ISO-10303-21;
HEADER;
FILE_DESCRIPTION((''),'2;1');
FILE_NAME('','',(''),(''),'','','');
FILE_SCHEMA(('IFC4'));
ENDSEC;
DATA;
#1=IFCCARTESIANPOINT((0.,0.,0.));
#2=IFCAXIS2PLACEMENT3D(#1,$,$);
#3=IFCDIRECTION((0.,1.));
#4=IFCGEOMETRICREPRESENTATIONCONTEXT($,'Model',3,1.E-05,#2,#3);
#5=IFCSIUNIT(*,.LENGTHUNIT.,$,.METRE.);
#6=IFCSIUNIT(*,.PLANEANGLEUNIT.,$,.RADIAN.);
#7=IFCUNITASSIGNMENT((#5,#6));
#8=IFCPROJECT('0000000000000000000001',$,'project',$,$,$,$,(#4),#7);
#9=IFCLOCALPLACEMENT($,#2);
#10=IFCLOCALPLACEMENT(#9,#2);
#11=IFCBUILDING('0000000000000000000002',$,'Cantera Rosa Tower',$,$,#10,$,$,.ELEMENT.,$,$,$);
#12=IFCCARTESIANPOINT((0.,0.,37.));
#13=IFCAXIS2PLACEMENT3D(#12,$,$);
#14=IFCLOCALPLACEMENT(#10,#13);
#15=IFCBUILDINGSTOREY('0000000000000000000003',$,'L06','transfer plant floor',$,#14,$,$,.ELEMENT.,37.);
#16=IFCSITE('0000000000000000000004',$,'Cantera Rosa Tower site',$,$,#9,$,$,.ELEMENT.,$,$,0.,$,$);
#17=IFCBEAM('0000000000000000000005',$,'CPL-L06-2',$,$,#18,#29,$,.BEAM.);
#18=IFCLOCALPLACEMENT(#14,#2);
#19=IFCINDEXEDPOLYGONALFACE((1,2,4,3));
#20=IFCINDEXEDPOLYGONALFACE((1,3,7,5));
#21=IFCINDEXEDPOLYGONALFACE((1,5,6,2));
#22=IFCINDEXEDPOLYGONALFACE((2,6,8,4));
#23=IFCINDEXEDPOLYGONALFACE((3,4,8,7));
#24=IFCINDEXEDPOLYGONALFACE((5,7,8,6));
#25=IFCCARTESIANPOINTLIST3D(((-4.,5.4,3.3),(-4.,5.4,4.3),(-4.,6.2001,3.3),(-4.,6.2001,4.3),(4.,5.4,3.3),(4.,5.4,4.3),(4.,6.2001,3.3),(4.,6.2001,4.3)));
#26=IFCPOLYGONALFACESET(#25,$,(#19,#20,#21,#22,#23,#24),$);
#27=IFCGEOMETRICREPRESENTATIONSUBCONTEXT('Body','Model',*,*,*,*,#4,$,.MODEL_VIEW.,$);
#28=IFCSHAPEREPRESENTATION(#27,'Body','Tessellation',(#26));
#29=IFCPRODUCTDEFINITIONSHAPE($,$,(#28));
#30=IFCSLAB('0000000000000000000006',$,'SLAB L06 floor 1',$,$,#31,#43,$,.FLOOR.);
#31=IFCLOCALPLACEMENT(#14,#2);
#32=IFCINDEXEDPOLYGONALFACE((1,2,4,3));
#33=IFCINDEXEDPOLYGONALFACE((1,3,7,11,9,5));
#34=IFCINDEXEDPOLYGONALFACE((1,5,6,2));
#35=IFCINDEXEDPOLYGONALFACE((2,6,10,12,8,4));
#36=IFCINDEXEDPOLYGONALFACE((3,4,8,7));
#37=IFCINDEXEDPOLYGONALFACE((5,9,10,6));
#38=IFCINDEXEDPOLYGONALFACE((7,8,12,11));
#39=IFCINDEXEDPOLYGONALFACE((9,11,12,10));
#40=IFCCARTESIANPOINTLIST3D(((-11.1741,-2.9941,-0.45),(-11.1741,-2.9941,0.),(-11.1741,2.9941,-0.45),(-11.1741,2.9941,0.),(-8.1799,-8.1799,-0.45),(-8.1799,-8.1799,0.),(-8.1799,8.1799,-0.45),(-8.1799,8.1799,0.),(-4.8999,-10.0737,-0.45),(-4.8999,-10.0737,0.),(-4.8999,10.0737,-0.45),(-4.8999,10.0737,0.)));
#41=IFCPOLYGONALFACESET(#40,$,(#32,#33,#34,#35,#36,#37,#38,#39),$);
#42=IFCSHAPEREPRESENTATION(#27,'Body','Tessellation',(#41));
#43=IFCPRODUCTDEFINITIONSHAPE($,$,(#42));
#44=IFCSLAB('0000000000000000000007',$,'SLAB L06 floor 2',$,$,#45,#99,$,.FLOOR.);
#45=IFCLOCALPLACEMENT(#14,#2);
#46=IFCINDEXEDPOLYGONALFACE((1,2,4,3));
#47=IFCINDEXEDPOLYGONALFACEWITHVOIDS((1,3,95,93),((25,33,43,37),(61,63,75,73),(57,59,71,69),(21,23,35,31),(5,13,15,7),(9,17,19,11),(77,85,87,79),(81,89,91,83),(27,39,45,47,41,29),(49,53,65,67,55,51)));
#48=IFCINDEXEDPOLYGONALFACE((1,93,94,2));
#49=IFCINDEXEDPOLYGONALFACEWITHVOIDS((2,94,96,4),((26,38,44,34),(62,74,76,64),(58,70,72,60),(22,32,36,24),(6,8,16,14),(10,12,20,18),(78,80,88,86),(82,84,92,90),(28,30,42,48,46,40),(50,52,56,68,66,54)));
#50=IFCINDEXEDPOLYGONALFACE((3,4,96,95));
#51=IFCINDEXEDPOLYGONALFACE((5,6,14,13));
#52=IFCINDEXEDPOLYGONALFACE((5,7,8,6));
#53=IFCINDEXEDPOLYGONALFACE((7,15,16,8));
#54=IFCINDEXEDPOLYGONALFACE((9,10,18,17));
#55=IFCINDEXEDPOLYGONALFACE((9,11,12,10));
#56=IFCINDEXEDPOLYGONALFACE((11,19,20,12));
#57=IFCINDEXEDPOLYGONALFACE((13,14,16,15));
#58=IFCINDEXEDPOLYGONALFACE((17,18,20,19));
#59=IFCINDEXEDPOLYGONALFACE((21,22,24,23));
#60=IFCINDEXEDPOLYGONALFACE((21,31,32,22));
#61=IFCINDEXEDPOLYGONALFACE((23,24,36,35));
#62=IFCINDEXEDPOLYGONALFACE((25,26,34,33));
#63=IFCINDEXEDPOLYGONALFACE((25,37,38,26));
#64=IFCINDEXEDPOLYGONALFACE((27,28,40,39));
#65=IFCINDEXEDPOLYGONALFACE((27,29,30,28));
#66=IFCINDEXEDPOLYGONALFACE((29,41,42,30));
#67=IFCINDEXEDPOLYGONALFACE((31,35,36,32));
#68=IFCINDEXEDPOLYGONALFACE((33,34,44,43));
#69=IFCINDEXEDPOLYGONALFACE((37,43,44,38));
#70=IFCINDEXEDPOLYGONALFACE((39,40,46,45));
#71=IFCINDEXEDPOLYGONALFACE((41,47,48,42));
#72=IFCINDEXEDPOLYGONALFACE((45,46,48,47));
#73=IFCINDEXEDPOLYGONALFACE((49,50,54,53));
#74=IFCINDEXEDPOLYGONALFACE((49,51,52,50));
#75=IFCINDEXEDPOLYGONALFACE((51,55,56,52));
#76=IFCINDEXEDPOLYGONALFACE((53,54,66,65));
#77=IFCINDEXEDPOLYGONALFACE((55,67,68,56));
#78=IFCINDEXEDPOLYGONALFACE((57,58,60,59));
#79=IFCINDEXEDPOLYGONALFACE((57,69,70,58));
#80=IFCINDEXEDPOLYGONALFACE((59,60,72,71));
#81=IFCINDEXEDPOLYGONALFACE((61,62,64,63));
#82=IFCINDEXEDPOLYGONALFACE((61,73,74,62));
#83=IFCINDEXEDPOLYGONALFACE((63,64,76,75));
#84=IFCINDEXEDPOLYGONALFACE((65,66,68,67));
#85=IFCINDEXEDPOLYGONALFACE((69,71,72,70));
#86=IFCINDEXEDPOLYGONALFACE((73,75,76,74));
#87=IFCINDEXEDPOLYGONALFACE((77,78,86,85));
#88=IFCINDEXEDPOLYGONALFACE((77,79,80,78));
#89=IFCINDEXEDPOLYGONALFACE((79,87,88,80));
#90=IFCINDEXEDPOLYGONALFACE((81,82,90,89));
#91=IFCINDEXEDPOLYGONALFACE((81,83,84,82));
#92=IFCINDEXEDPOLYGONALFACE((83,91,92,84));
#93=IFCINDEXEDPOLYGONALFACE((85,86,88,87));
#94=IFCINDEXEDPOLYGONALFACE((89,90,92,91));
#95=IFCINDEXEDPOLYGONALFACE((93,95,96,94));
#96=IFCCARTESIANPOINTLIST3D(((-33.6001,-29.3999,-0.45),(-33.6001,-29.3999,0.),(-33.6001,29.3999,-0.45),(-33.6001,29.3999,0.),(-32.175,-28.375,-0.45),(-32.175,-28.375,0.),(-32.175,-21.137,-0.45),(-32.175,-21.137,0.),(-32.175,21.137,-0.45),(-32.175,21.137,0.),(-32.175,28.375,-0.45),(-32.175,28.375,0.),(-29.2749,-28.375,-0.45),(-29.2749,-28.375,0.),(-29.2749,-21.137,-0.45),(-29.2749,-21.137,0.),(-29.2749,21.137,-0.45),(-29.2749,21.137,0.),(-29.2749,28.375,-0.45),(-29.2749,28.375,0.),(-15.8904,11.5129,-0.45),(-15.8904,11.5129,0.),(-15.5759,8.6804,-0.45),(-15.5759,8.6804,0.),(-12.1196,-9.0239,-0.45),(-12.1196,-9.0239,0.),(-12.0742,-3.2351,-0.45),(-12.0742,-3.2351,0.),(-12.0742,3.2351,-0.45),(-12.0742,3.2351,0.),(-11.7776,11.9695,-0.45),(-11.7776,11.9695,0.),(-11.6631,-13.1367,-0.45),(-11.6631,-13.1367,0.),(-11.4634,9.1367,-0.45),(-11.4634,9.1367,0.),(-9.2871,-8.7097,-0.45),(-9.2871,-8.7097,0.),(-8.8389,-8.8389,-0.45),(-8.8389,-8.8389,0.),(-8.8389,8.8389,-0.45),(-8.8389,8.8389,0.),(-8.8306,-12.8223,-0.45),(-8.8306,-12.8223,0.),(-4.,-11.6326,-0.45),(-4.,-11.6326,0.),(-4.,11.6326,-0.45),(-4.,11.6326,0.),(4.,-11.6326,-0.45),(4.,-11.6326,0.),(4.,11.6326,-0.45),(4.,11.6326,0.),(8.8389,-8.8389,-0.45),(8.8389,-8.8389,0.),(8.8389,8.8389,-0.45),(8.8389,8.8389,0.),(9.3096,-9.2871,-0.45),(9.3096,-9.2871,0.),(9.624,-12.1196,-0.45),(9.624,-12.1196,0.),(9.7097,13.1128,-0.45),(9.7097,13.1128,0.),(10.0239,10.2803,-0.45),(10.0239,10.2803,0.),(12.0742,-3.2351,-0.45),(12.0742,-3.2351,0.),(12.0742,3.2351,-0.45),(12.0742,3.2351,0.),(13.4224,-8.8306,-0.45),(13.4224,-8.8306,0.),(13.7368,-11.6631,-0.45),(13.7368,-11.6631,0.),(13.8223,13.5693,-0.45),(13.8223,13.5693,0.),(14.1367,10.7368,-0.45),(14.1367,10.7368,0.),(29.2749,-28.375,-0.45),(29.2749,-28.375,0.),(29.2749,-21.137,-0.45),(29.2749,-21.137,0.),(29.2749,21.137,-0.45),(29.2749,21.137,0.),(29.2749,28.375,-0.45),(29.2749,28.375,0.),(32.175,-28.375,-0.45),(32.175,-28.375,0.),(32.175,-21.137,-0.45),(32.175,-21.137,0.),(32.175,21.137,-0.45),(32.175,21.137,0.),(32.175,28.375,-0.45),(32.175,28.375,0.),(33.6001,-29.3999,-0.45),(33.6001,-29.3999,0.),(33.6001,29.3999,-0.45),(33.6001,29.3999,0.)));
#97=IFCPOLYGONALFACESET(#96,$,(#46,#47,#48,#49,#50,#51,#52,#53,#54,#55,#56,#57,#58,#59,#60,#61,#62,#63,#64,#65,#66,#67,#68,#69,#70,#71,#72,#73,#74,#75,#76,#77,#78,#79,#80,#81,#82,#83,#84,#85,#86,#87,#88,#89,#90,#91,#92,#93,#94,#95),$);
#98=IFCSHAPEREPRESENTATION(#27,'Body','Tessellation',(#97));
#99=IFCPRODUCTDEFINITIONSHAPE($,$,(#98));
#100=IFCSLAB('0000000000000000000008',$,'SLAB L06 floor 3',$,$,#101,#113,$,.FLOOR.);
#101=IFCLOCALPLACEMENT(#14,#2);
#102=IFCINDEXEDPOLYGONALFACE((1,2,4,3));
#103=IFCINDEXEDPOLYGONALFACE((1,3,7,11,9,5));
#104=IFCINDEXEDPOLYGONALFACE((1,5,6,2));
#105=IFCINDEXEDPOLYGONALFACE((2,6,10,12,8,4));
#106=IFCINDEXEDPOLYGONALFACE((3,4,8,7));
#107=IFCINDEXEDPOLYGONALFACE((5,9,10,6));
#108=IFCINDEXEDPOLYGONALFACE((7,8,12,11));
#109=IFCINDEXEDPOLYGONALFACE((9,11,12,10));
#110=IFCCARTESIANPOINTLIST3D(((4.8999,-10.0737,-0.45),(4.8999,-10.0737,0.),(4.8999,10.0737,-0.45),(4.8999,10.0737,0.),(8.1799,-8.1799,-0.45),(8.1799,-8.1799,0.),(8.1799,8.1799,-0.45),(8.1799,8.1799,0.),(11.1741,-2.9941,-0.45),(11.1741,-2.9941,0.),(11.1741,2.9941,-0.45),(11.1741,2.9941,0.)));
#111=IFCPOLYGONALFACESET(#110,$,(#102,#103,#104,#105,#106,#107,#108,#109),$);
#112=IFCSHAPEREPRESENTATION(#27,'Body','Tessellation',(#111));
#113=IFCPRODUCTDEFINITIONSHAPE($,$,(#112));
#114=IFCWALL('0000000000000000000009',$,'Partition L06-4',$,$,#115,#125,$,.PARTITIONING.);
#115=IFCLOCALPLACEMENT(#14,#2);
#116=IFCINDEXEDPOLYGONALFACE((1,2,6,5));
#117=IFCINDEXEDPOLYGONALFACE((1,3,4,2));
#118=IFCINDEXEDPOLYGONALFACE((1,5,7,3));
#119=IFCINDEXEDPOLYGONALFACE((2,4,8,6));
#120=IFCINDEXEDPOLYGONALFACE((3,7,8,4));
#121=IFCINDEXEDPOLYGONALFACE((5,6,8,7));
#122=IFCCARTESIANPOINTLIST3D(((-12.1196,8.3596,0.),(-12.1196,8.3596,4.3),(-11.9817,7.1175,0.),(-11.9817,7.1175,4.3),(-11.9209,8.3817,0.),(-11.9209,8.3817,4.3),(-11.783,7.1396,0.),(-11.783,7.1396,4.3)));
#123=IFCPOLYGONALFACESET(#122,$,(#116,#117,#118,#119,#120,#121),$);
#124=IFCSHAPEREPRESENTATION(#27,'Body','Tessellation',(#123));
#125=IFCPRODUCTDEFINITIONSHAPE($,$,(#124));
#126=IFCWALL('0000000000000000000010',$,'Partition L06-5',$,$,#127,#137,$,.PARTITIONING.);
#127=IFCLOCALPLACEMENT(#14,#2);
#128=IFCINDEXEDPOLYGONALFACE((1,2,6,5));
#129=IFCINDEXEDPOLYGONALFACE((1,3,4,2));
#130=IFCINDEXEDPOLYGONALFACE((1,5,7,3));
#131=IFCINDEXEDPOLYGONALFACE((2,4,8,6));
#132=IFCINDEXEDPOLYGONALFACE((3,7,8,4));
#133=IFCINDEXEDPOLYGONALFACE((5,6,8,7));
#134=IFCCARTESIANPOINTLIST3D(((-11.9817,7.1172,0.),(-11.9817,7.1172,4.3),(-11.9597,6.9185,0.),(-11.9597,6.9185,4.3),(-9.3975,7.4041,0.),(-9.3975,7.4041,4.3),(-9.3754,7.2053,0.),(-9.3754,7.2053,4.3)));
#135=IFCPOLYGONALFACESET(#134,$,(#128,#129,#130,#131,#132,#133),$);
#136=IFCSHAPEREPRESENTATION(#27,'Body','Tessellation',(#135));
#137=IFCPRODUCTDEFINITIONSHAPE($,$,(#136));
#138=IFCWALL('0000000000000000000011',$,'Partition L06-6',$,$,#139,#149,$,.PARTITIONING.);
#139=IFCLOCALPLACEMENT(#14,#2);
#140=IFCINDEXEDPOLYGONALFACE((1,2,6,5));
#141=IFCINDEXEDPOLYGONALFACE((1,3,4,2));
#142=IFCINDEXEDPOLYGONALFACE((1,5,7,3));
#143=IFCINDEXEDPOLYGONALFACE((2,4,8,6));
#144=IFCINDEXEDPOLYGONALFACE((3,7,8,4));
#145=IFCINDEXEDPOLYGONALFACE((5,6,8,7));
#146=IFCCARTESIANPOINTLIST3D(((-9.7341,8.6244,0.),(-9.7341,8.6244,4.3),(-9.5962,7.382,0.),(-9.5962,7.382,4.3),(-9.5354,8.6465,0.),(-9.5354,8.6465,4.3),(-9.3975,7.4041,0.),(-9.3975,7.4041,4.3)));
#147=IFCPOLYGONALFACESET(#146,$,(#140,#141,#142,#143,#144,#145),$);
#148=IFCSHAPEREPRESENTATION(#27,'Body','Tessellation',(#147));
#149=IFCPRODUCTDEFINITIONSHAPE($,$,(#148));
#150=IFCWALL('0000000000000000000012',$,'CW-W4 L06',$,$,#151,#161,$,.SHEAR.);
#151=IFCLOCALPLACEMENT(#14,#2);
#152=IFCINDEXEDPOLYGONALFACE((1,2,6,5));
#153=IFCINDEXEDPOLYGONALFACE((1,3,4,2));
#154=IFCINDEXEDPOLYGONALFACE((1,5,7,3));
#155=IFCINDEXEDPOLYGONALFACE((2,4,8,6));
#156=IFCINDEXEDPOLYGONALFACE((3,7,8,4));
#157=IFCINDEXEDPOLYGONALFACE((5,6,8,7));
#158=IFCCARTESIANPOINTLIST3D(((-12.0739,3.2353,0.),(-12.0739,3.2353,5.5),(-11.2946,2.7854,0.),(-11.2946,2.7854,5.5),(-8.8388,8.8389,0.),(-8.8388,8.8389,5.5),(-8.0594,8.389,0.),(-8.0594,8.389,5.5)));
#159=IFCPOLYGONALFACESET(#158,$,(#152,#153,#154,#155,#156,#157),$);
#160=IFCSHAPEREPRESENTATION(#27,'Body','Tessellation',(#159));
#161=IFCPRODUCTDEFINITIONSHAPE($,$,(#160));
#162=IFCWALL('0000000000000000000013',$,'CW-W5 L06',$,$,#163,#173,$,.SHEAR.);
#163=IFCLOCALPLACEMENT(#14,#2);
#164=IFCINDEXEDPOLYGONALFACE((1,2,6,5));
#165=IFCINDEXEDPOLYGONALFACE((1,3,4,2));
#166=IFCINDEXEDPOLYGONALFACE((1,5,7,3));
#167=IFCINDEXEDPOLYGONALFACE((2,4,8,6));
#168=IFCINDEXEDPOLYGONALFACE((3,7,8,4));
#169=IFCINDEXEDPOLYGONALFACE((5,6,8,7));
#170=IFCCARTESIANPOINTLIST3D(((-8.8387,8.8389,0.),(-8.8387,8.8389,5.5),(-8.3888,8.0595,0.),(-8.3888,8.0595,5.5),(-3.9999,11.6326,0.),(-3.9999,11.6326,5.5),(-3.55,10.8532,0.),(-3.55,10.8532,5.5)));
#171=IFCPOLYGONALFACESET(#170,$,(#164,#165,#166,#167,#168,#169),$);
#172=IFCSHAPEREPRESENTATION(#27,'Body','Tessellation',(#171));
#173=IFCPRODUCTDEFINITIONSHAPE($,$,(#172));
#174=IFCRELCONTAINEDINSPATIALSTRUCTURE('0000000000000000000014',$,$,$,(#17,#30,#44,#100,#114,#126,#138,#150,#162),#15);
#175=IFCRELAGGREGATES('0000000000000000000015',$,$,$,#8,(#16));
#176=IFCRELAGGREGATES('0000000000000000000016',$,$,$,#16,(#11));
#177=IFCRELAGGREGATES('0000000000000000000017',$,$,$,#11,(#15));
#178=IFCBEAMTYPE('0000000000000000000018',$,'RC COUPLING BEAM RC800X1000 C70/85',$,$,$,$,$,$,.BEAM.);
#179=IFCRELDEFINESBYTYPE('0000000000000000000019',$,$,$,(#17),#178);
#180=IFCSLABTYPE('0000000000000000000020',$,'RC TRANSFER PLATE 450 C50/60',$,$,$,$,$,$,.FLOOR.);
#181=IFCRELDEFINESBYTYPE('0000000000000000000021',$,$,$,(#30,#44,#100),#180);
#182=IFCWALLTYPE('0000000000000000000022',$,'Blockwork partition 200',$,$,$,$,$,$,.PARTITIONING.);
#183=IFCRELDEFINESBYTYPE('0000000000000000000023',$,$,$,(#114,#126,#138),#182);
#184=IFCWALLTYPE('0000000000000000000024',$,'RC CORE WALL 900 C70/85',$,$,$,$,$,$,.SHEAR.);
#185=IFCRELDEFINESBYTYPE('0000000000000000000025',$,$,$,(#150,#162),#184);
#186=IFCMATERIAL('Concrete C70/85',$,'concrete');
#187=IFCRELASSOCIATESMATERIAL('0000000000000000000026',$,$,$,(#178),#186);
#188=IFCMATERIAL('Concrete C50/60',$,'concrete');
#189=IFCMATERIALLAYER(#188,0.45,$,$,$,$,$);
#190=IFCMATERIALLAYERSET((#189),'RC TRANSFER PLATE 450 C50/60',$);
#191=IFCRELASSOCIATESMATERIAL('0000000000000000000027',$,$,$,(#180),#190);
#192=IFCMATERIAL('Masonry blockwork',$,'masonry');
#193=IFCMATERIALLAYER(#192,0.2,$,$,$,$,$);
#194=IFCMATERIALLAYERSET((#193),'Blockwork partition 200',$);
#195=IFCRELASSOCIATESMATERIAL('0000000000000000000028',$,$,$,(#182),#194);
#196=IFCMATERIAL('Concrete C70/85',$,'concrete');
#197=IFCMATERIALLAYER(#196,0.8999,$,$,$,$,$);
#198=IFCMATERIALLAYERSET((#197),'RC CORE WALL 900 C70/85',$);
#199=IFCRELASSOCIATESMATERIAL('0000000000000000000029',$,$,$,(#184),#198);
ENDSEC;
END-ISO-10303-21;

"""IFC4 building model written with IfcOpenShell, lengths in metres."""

from ifc_helpers import new_model, si_unit, direction, frame, frame_2d, origin, origin_2d, place, context, subcontext, project, spatial, polyline, rectangle, outline, extrude, material, layer, layer_set, material_profile, profile_set, type_object, element, save


model = new_model("IFC4")

# Units and contexts
model_context = context("Model", 3, precision=1e-05, world=origin(), true_north=direction((0.0, 1.0)))
body_context = subcontext(model_context, "Body", "Model", "MODEL_VIEW")
ifc_project = project(units=[si_unit("LENGTHUNIT", "METRE"), si_unit("PLANEANGLEUNIT", "RADIAN")], contexts=[model_context])

# Site, building, storey
site_placement = place(None, origin())
site = spatial("IfcSite", under=ifc_project, at=site_placement, Name="Cantera Rosa Tower site", CompositionType="ELEMENT", RefElevation=0.0)
building_placement = place(site_placement, origin())
building = spatial("IfcBuilding", under=site, at=building_placement, Name="Cantera Rosa Tower", CompositionType="ELEMENT")
storey_placement = place(building_placement, frame((0.0, 0.0, 37.0)))
storey = spatial("IfcBuildingStorey", under=building, at=storey_placement, Name="L06", Description="transfer plant floor", CompositionType="ELEMENT", Elevation=37.0)

# Beam
ifc_material_1 = material(Name="Concrete C70/85", Category="concrete")
ifc_material_profile = material_profile(ifc_material_1, rectangle(XDim=0.8, YDim=1.0, at=origin_2d()), Name="RC COUPLING BEAM RC800X1000 C70/85")
ifc_profile_set = profile_set([ifc_material_profile], Name="Concrete C70/85")
beam_type = type_object("IfcBeamType", Name="RC COUPLING BEAM RC800X1000 C70/85", PredefinedType="BEAM", material=ifc_profile_set)
beam_placement = place(storey_placement, frame((-4.0, 5.8, 3.8), z_axis=(1.0, 0.0, 0.0), x_axis=(0.0, 1.0, 0.0)))
element("IfcBeam", 1, at=beam_placement, inside=storey, type_object=beam_type, Name="CPL-L06-2", PredefinedType="BEAM", context=body_context, shape_type="SweptSolid", body=[
    extrude(rectangle(XDim=0.8, YDim=1.0, at=origin_2d()), origin(), (0.0, 0.0, 1.0), 8.0),
])

# Slabs
ifc_material_2 = material(Name="Concrete C50/60", Category="concrete")
ifc_layer_1 = layer(ifc_material_2, 0.45)
ifc_layer_set_1 = layer_set([ifc_layer_1], Name="RC TRANSFER PLATE 450 C50/60")
slab_type = type_object("IfcSlabType", Name="RC TRANSFER PLATE 450 C50/60", PredefinedType="FLOOR", material=ifc_layer_set_1)
slab_1_placement = place(storey_placement, frame((0.0, 0.0, -0.45)))
element("IfcSlab", 2, at=slab_1_placement, inside=storey, type_object=slab_type, Name="SLAB L06 floor 1", PredefinedType="FLOOR", context=body_context, shape_type="SweptSolid", body=[
    extrude(outline(polyline([(-8.1799, 8.1799), (-4.8999, 10.0737), (-4.8999, -10.0737), (-8.1799, -8.1799), (-11.1741, -2.9941), (-11.1741, 2.9941), (-8.1799, 8.1799)])), origin(), (0.0, 0.0, 1.0), 0.45),
])
slab_2_placement = place(storey_placement, frame((0.0, 0.0, -0.45)))
element("IfcSlab", 3, at=slab_2_placement, inside=storey, type_object=slab_type, Name="SLAB L06 floor 2", PredefinedType="FLOOR", context=body_context, shape_type="SweptSolid", body=[
    extrude(outline(polyline([(33.6001, 29.3999), (33.6001, -29.3999), (-33.6001, -29.3999), (-33.6001, 29.3999), (33.6001, 29.3999)]), holes=[polyline([(-29.2749, -21.137), (-32.175, -21.137), (-32.175, -28.375), (-29.2749, -28.375), (-29.2749, -21.137)]), polyline([(32.175, -21.137), (29.2749, -21.137), (29.2749, -28.375), (32.175, -28.375), (32.175, -21.137)]), polyline([(-9.2871, -8.7097), (-12.1196, -9.0239), (-11.6631, -13.1367), (-8.8306, -12.8223), (-9.2871, -8.7097)]), polyline([(13.4224, -8.8306), (9.3096, -9.2871), (9.624, -12.1196), (13.7368, -11.6631), (13.4224, -8.8306)]), polyline([(-8.8389, 8.8389), (-12.0742, 3.2351), (-12.0742, -3.2351), (-8.8389, -8.8389), (-4.0, -11.6326), (-4.0, 11.6326), (-8.8389, 8.8389)]), polyline([(12.0742, -3.2351), (12.0742, 3.2351), (8.8389, 8.8389), (4.0, 11.6326), (4.0, -11.6326), (8.8389, -8.8389), (12.0742, -3.2351)]), polyline([(-15.8904, 11.5129), (-15.5759, 8.6804), (-11.4634, 9.1367), (-11.7776, 11.9695), (-15.8904, 11.5129)]), polyline([(9.7097, 13.1128), (10.0239, 10.2803), (14.1367, 10.7368), (13.8223, 13.5693), (9.7097, 13.1128)]), polyline([(-32.175, 28.375), (-32.175, 21.137), (-29.2749, 21.137), (-29.2749, 28.375), (-32.175, 28.375)]), polyline([(29.2749, 28.375), (29.2749, 21.137), (32.175, 21.137), (32.175, 28.375), (29.2749, 28.375)])]), origin(), (0.0, 0.0, 1.0), 0.45),
])
slab_3_placement = place(storey_placement, frame((0.0, 0.0, -0.45)))
element("IfcSlab", 4, at=slab_3_placement, inside=storey, type_object=slab_type, Name="SLAB L06 floor 3", PredefinedType="FLOOR", context=body_context, shape_type="SweptSolid", body=[
    extrude(outline(polyline([(4.8999, -10.0737), (4.8999, 10.0737), (8.1799, 8.1799), (11.1741, 2.9941), (11.1741, -2.9941), (8.1799, -8.1799), (4.8999, -10.0737)])), origin(), (0.0, 0.0, 1.0), 0.45),
])

# Walls
ifc_material_3 = material(Name="Masonry blockwork", Category="masonry")
ifc_layer_2 = layer(ifc_material_3, 0.2)
ifc_layer_set_2 = layer_set([ifc_layer_2], Name="Blockwork partition 200")
wall_type_1 = type_object("IfcWallType", Name="Blockwork partition 200", PredefinedType="PARTITIONING", material=ifc_layer_set_2)
wall_1_placement = place(storey_placement, frame((-11.8823, 7.1284, 0.0), z_axis=(0.0, 0.0, 1.0), x_axis=(-0.110367, 0.993891, 0.0)))
element("IfcWall", 5, at=wall_1_placement, inside=storey, type_object=wall_type_1, Name="Partition L06-4", PredefinedType="PARTITIONING", context=body_context, shape_type="SweptSolid", body=[
    extrude(rectangle(XDim=1.2498, YDim=0.2, at=frame_2d((0.625, 0.0))), origin(), (0.0, 0.0, 1.0), 4.3),
])
wall_2_placement = place(storey_placement, frame((-11.9707, 7.0178, 0.0), z_axis=(0.0, 0.0, 1.0), x_axis=(0.993895, 0.110328, 0.0)))
element("IfcWall", 6, at=wall_2_placement, inside=storey, type_object=wall_type_1, Name="Partition L06-5", PredefinedType="PARTITIONING", context=body_context, shape_type="SweptSolid", body=[
    extrude(rectangle(XDim=2.6001, YDim=0.2, at=frame_2d((1.3, 0.0))), origin(), (0.0, 0.0, 1.0), 4.3),
])
wall_3_placement = place(storey_placement, frame((-9.4968, 7.3931, 0.0), z_axis=(0.0, 0.0, 1.0), x_axis=(-0.110346, 0.993893, 0.0)))
element("IfcWall", 7, at=wall_3_placement, inside=storey, type_object=wall_type_1, Name="Partition L06-6", PredefinedType="PARTITIONING", context=body_context, shape_type="SweptSolid", body=[
    extrude(rectangle(XDim=1.25, YDim=0.2, at=frame_2d((0.625, 0.0))), origin(), (0.0, 0.0, 1.0), 4.3),
])
ifc_material_4 = material(Name="Concrete C70/85", Category="concrete")
ifc_layer_3 = layer(ifc_material_4, 0.8999)
ifc_layer_set_3 = layer_set([ifc_layer_3], Name="RC CORE WALL 900 C70/85")
wall_type_2 = type_object("IfcWallType", Name="RC CORE WALL 900 C70/85", PredefinedType="SHEAR", material=ifc_layer_set_3)
wall_4_placement = place(storey_placement, frame((-11.6843, 3.0103, 0.0), z_axis=(0.0, 0.0, 1.0), x_axis=(0.49999, 0.866031, 0.0)))
element("IfcWall", 8, at=wall_4_placement, inside=storey, type_object=wall_type_2, Name="CW-W4 L06", PredefinedType="SHEAR", context=body_context, shape_type="SweptSolid", body=[
    extrude(rectangle(XDim=6.4705, YDim=0.8999, at=frame_2d((3.2354, 0.0))), origin(), (0.0, 0.0, 1.0), 5.5),
])
wall_5_placement = place(storey_placement, frame((-8.6138, 8.4492, 0.0), z_axis=(0.0, 0.0, 1.0), x_axis=(0.866027, 0.499997, 0.0)))
element("IfcWall", 9, at=wall_5_placement, inside=storey, type_object=wall_type_2, Name="CW-W5 L06", PredefinedType="SHEAR", context=body_context, shape_type="SweptSolid", body=[
    extrude(rectangle(XDim=5.5874, YDim=0.8999, at=frame_2d((2.7937, 0.0))), origin(), (0.0, 0.0, 1.0), 5.5),
])

save(model, "model.ifc")
